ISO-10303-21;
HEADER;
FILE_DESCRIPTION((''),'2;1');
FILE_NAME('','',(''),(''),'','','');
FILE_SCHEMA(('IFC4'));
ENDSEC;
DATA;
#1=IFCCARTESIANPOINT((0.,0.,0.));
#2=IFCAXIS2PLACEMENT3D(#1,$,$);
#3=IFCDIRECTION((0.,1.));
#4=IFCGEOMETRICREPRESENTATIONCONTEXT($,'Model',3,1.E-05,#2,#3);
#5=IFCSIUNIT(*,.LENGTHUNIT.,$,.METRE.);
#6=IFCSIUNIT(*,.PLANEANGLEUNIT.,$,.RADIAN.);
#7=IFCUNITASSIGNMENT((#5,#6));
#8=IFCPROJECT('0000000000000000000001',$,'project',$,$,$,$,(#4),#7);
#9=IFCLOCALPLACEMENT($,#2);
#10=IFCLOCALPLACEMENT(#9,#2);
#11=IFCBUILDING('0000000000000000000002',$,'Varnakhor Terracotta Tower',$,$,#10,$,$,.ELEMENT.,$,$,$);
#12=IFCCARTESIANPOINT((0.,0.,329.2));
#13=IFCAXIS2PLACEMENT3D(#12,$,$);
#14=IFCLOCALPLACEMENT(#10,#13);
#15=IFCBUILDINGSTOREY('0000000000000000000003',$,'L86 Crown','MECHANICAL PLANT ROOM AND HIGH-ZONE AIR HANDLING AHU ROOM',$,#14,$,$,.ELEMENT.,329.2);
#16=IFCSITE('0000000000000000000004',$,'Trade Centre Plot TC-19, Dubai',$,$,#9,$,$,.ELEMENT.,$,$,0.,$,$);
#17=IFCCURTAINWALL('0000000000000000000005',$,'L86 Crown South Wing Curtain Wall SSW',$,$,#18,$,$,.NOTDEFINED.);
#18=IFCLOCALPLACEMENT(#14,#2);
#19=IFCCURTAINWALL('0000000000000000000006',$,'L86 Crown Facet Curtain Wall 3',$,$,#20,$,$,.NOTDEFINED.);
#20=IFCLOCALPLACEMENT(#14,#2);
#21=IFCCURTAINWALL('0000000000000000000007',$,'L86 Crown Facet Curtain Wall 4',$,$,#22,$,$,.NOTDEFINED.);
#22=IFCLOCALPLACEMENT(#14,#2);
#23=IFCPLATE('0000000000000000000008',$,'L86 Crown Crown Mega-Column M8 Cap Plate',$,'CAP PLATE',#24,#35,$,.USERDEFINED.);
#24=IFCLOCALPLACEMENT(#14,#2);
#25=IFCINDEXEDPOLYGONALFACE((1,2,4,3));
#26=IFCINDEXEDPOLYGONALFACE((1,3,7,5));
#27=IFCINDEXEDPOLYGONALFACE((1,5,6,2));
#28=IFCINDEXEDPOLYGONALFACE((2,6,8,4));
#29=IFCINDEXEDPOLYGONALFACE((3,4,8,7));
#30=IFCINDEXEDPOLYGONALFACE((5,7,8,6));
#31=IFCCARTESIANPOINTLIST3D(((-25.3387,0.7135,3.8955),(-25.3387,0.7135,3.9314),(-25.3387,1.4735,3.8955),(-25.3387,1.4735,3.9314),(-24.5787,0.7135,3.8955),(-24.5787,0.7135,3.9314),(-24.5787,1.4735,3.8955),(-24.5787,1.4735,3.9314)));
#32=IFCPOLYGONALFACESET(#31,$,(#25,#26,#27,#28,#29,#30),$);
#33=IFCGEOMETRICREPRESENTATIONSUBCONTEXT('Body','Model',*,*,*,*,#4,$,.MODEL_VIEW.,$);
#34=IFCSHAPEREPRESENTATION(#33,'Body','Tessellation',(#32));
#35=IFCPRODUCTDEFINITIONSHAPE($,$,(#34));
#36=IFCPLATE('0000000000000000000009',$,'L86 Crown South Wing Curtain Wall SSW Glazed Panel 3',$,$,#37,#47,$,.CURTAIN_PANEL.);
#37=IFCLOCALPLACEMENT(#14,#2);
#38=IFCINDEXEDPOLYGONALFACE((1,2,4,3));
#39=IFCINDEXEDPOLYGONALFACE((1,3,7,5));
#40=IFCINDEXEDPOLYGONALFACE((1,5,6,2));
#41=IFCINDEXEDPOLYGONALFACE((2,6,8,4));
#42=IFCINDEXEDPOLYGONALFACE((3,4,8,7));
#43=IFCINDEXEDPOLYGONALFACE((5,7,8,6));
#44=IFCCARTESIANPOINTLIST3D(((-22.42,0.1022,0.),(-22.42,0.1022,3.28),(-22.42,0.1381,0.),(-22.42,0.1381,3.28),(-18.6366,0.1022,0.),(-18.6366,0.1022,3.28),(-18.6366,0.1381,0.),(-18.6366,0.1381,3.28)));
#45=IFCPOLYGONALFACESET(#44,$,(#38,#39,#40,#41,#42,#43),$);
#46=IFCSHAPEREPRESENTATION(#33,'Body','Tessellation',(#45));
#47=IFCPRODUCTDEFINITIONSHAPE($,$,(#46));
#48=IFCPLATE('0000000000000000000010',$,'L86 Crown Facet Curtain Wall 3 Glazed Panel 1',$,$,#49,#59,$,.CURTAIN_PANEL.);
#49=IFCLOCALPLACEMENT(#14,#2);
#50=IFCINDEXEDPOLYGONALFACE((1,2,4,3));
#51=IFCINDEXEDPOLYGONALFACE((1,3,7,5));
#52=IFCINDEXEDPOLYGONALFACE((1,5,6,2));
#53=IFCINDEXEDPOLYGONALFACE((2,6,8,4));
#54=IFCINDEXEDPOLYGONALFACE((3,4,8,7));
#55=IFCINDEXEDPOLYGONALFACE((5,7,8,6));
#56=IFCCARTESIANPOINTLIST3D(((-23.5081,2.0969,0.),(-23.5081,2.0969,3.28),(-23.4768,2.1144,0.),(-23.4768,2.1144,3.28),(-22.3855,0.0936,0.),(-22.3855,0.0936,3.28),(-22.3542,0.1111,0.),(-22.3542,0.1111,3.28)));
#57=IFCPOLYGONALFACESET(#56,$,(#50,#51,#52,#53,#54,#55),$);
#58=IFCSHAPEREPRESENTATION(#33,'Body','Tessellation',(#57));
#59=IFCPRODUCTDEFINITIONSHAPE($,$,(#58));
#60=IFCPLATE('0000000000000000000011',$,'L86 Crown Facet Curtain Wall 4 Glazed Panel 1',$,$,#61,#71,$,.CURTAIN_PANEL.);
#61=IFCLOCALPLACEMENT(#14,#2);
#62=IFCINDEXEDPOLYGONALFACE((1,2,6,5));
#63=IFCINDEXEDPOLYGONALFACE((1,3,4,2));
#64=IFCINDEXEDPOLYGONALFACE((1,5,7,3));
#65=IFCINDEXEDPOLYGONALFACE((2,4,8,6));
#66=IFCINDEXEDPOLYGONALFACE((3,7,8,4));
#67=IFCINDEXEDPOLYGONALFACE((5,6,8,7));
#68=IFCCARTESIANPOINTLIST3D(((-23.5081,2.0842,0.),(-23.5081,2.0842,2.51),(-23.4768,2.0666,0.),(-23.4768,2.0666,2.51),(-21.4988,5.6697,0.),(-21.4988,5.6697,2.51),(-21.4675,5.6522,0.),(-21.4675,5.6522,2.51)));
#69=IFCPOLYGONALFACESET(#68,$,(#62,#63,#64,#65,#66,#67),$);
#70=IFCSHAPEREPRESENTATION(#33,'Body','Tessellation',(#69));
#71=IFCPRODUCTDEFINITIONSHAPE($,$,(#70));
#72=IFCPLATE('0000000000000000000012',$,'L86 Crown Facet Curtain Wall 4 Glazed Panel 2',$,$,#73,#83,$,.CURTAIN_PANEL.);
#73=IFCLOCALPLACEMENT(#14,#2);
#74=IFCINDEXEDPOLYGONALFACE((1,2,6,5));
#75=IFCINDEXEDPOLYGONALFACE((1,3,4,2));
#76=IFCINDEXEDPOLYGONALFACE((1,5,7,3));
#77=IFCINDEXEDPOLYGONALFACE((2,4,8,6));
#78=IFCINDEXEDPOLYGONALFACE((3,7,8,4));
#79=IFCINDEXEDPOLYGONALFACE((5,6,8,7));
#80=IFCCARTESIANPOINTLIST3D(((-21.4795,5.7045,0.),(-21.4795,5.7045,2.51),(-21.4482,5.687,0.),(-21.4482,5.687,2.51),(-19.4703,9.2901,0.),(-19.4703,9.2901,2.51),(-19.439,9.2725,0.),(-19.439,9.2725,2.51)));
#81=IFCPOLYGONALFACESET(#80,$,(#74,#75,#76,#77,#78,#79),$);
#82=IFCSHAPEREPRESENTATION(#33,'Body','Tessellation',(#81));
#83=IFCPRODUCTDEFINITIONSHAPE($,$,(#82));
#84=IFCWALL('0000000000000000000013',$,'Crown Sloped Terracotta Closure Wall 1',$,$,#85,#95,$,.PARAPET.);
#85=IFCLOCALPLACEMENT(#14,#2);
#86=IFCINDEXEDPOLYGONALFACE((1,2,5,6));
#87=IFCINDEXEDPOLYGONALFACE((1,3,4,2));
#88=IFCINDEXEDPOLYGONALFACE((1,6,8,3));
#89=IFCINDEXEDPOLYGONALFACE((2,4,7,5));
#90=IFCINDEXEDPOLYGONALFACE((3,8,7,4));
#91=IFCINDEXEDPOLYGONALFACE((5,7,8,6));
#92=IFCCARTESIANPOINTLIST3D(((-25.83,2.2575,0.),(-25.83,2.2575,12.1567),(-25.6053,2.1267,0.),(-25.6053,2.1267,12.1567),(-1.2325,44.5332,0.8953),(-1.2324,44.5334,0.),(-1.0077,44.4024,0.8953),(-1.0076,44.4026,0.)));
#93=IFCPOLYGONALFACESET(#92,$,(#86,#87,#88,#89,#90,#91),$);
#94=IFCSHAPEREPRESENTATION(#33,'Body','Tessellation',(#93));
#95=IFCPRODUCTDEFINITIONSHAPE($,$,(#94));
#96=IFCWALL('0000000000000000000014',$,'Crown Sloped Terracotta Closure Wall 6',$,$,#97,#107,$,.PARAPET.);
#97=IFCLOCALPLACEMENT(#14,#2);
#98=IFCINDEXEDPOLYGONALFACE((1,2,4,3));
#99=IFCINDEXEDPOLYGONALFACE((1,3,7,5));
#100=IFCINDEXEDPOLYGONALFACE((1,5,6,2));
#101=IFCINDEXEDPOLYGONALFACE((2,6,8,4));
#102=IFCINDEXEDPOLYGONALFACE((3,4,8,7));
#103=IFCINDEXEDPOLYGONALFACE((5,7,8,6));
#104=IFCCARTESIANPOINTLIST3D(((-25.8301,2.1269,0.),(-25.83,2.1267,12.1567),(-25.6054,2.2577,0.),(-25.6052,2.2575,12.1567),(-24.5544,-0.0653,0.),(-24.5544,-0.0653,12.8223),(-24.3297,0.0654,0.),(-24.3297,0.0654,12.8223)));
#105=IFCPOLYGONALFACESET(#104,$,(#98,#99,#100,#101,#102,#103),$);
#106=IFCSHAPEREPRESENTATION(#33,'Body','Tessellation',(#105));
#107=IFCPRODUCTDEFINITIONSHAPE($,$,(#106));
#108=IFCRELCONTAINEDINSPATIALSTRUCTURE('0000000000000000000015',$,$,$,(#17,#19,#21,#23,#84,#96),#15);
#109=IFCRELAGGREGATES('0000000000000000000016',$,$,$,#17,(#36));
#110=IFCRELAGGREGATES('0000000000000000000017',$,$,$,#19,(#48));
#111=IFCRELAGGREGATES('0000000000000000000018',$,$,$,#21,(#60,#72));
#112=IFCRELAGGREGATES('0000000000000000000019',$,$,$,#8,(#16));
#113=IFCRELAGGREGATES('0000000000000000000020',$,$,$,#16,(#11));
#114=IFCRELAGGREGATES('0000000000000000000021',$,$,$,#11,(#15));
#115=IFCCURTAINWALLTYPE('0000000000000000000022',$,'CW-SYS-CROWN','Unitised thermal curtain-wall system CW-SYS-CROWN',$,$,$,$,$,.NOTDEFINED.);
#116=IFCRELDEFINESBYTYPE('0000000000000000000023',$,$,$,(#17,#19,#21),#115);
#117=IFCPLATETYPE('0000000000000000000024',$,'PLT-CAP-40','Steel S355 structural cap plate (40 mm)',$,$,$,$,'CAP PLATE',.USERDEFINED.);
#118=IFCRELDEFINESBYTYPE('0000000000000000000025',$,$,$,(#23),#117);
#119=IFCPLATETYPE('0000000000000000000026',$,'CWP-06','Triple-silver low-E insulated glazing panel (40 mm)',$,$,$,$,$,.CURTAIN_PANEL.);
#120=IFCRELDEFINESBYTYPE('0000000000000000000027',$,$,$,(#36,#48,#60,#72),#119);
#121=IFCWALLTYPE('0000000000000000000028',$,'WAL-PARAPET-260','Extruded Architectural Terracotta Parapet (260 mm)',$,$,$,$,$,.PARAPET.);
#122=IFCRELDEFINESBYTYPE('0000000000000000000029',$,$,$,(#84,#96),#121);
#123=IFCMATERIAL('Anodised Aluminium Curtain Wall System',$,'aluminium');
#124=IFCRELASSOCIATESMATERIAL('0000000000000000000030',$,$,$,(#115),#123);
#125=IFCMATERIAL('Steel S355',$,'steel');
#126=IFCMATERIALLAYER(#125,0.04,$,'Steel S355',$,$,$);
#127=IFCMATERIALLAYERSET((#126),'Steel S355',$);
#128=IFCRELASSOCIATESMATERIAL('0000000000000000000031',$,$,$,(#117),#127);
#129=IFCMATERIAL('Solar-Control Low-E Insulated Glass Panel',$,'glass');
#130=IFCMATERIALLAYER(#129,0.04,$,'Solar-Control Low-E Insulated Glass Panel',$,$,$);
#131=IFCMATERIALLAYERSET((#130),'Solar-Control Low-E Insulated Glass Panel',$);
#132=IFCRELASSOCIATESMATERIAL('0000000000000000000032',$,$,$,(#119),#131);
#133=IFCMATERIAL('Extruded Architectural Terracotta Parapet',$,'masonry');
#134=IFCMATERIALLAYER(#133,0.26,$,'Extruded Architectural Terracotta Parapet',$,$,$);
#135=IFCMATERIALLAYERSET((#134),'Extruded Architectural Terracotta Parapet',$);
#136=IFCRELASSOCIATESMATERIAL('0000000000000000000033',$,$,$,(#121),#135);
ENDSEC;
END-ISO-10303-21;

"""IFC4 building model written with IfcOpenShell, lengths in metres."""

from ifc_helpers import new_model, si_unit, direction, frame, origin, origin_2d, place, context, subcontext, project, spatial, polyline, rectangle, outline, extrude, source, transform, mapped, material, layer, layer_set, type_object, element, aggregate, save


model = new_model("IFC4")

# Units and contexts
model_context = context("Model", 3, precision=1e-05, world=origin(), true_north=direction((0.0, 1.0)))
body_context = subcontext(model_context, "Body", "Model", "MODEL_VIEW")
ifc_project = project(units=[si_unit("LENGTHUNIT", "METRE"), si_unit("PLANEANGLEUNIT", "RADIAN")], contexts=[model_context])

# Site, building, storey
site_placement = place(None, origin())
site = spatial("IfcSite", under=ifc_project, at=site_placement, Name="Trade Centre Plot TC-19, Dubai", CompositionType="ELEMENT", RefElevation=0.0)
building_placement = place(site_placement, origin())
building = spatial("IfcBuilding", under=site, at=building_placement, Name="Varnakhor Terracotta Tower", CompositionType="ELEMENT")
storey_placement = place(building_placement, frame((0.0, 0.0, 329.2)))
storey = spatial("IfcBuildingStorey", under=building, at=storey_placement, Name="L86 Crown", Description="MECHANICAL PLANT ROOM AND HIGH-ZONE AIR HANDLING AHU ROOM", CompositionType="ELEMENT", Elevation=329.2)

# Shared definitions
ifc_material_1 = material(Name="Steel S355", Category="steel")

# Curtain wall
ifc_material_2 = material(Name="Anodised Aluminium Curtain Wall System", Category="aluminium")
curtain_wall_type = type_object("IfcCurtainWallType", Name="CW-SYS-CROWN", Description="Unitised thermal curtain-wall system CW-SYS-CROWN", PredefinedType="NOTDEFINED", material=ifc_material_2)
curtain_wall_1_placement = place(storey_placement, origin())
curtain_wall_1 = element("IfcCurtainWall", 1, at=curtain_wall_1_placement, inside=storey, type_object=curtain_wall_type, Name="L86 Crown South Wing Curtain Wall SSW", PredefinedType="NOTDEFINED")

# Curtain walls
curtain_wall_2_placement = place(storey_placement, origin())
curtain_wall_2 = element("IfcCurtainWall", 2, at=curtain_wall_2_placement, inside=storey, type_object=curtain_wall_type, Name="L86 Crown Facet Curtain Wall 3", PredefinedType="NOTDEFINED")
curtain_wall_3_placement = place(storey_placement, origin())
curtain_wall_3 = element("IfcCurtainWall", 3, at=curtain_wall_3_placement, inside=storey, type_object=curtain_wall_type, Name="L86 Crown Facet Curtain Wall 4", PredefinedType="NOTDEFINED")

# Plate
ifc_layer_1 = layer(ifc_material_1, 0.04, Name="Steel S355")
ifc_layer_set_1 = layer_set([ifc_layer_1], Name="Steel S355")
plate_type_1 = type_object("IfcPlateType", Name="PLT-CAP-40", Description="Steel S355 structural cap plate (40 mm)", ElementType="CAP PLATE", PredefinedType="USERDEFINED", material=ifc_layer_set_1)
shared_shape_1 = source(origin(), body_context, "Body", "SweptSolid", [
    extrude(rectangle(XDim=0.76, YDim=0.76, at=origin_2d()), origin(), (0.0, 0.0, 1.0), 0.0359),
])
for number, where, z_axis, x_axis, name in (
    (4, (-24.9587, 1.0935, 3.8955), (0.0, 0.0, 1.0), (1.0, 0.0, 0.0), "L86 Crown Crown Mega-Column M8 Cap Plate"),
):
    element("IfcPlate", number, at=place(storey_placement, frame(where, z_axis=z_axis, x_axis=x_axis)), inside=storey, type_object=plate_type_1, Name=name, ObjectType="CAP PLATE", PredefinedType="USERDEFINED", context=body_context, shape_type="MappedRepresentation", body=[
        mapped(shared_shape_1, transform((0.0, 0.0, 0.0), scale=1.0)),
    ])

# Plates
ifc_material_3 = material(Name="Solar-Control Low-E Insulated Glass Panel", Category="glass")
ifc_layer_2 = layer(ifc_material_3, 0.04, Name="Solar-Control Low-E Insulated Glass Panel")
ifc_layer_set_2 = layer_set([ifc_layer_2], Name="Solar-Control Low-E Insulated Glass Panel")
plate_type_2 = type_object("IfcPlateType", Name="CWP-06", Description="Triple-silver low-E insulated glazing panel (40 mm)", PredefinedType="CURTAIN_PANEL", material=ifc_layer_set_2)
shared_shape_2 = source(origin(), body_context, "Body", "SweptSolid", [
    extrude(rectangle(XDim=3.7834, YDim=0.0359, at=origin_2d()), origin(), (0.0, 0.0, 1.0), 3.28),
])
plate_1_placement = place(storey_placement, frame((-20.5283, 0.1201, 0.0), z_axis=(0.0, 0.0, 1.0), x_axis=(-1.0, 0.0, 0.0)))
plate_1 = element("IfcPlate", 5, at=plate_1_placement, type_object=plate_type_2, Name="L86 Crown South Wing Curtain Wall SSW Glazed Panel 3", PredefinedType="CURTAIN_PANEL", context=body_context, shape_type="MappedRepresentation", body=[
    mapped(shared_shape_2, transform((0.0, 0.0, 0.0), scale=1.0)),
])
aggregate(curtain_wall_1, [plate_1])
shared_shape_3 = source(origin(), body_context, "Body", "SweptSolid", [
    extrude(rectangle(XDim=2.2964, YDim=0.0359, at=origin_2d()), origin(), (0.0, 0.0, 1.0), 3.28),
])
plate_2_placement = place(storey_placement, frame((-22.9312, 1.104, 0.0), z_axis=(0.0, 0.0, 1.0), x_axis=(-0.488865, 0.87236, 0.0)))
plate_2 = element("IfcPlate", 6, at=plate_2_placement, type_object=plate_type_2, Name="L86 Crown Facet Curtain Wall 3 Glazed Panel 1", PredefinedType="CURTAIN_PANEL", context=body_context, shape_type="MappedRepresentation", body=[
    mapped(shared_shape_3, transform((0.0, 0.0, 0.0), scale=1.0)),
])
aggregate(curtain_wall_2, [plate_2])
shared_shape_4 = source(origin(), body_context, "Body", "SweptSolid", [
    extrude(rectangle(XDim=4.1101, YDim=0.0359, at=origin_2d()), origin(), (0.0, 0.0, 1.0), 2.51),
])
plate_3_placement = place(storey_placement, frame((-22.4878, 3.8682, 0.0), z_axis=(0.0, 0.0, 1.0), x_axis=(0.48885, 0.872368, 0.0)))
plate_3 = element("IfcPlate", 7, at=plate_3_placement, type_object=plate_type_2, Name="L86 Crown Facet Curtain Wall 4 Glazed Panel 1", PredefinedType="CURTAIN_PANEL", context=body_context, shape_type="MappedRepresentation", body=[
    mapped(shared_shape_4, transform((0.0, 0.0, 0.0), scale=1.0)),
])
plate_4_placement = place(storey_placement, frame((-20.4592, 7.4885, 0.0), z_axis=(0.0, 0.0, 1.0), x_axis=(0.48885, 0.872368, 0.0)))
plate_4 = element("IfcPlate", 8, at=plate_4_placement, type_object=plate_type_2, Name="L86 Crown Facet Curtain Wall 4 Glazed Panel 2", PredefinedType="CURTAIN_PANEL", context=body_context, shape_type="MappedRepresentation", body=[
    mapped(shared_shape_4, transform((0.0, 0.0, 0.0), scale=1.0)),
])
aggregate(curtain_wall_3, [plate_3, plate_4])

# Walls
ifc_material_4 = material(Name="Extruded Architectural Terracotta Parapet", Category="masonry")
ifc_layer_3 = layer(ifc_material_4, 0.26, Name="Extruded Architectural Terracotta Parapet")
ifc_layer_set_3 = layer_set([ifc_layer_3], Name="Extruded Architectural Terracotta Parapet")
wall_type = type_object("IfcWallType", Name="WAL-PARAPET-260", Description="Extruded Architectural Terracotta Parapet (260 mm)", PredefinedType="PARAPET", material=ifc_layer_set_3)
wall_1_placement = place(storey_placement, frame((-25.7178, 2.1921, 0.0), z_axis=(0.0, 0.0, 1.0), x_axis=(0.502906, 0.864341, 0.0)))
element("IfcWall", 9, at=wall_1_placement, inside=storey, type_object=wall_type, Name="Crown Sloped Terracotta Closure Wall 1", PredefinedType="PARAPET", context=body_context, shape_type="SweptSolid", body=[
    extrude(outline(polyline([(0.0, 0.0), (48.9111, 0.0), (48.9109, 0.8953), (0.0, 12.1567), (0.0, 0.0)])), frame((0.0, 0.1299, 0.0), z_axis=(0.0, -1.0, 0.0), x_axis=(1.0, 0.0, 0.0)), (0.0, 0.0, 1.0), 0.26),
])
wall_2_placement = place(storey_placement, frame((-24.4421, 0.0, 0.0), z_axis=(0.0, 0.0, 1.0), x_axis=(-0.502955, 0.864313, 0.0)))
element("IfcWall", 10, at=wall_2_placement, inside=storey, type_object=wall_type, Name="Crown Sloped Terracotta Closure Wall 6", PredefinedType="PARAPET", context=body_context, shape_type="SweptSolid", body=[
    extrude(outline(polyline([(0.0, 0.0), (2.5364, 0.0), (2.5361, 12.1567), (0.0, 12.8223), (0.0, 0.0)])), frame((0.0, 0.1299, 0.0), z_axis=(0.0, -1.0, 0.0), x_axis=(1.0, 0.0, 0.0)), (0.0, 0.0, 1.0), 0.26),
])

save(model, "model.ifc")
